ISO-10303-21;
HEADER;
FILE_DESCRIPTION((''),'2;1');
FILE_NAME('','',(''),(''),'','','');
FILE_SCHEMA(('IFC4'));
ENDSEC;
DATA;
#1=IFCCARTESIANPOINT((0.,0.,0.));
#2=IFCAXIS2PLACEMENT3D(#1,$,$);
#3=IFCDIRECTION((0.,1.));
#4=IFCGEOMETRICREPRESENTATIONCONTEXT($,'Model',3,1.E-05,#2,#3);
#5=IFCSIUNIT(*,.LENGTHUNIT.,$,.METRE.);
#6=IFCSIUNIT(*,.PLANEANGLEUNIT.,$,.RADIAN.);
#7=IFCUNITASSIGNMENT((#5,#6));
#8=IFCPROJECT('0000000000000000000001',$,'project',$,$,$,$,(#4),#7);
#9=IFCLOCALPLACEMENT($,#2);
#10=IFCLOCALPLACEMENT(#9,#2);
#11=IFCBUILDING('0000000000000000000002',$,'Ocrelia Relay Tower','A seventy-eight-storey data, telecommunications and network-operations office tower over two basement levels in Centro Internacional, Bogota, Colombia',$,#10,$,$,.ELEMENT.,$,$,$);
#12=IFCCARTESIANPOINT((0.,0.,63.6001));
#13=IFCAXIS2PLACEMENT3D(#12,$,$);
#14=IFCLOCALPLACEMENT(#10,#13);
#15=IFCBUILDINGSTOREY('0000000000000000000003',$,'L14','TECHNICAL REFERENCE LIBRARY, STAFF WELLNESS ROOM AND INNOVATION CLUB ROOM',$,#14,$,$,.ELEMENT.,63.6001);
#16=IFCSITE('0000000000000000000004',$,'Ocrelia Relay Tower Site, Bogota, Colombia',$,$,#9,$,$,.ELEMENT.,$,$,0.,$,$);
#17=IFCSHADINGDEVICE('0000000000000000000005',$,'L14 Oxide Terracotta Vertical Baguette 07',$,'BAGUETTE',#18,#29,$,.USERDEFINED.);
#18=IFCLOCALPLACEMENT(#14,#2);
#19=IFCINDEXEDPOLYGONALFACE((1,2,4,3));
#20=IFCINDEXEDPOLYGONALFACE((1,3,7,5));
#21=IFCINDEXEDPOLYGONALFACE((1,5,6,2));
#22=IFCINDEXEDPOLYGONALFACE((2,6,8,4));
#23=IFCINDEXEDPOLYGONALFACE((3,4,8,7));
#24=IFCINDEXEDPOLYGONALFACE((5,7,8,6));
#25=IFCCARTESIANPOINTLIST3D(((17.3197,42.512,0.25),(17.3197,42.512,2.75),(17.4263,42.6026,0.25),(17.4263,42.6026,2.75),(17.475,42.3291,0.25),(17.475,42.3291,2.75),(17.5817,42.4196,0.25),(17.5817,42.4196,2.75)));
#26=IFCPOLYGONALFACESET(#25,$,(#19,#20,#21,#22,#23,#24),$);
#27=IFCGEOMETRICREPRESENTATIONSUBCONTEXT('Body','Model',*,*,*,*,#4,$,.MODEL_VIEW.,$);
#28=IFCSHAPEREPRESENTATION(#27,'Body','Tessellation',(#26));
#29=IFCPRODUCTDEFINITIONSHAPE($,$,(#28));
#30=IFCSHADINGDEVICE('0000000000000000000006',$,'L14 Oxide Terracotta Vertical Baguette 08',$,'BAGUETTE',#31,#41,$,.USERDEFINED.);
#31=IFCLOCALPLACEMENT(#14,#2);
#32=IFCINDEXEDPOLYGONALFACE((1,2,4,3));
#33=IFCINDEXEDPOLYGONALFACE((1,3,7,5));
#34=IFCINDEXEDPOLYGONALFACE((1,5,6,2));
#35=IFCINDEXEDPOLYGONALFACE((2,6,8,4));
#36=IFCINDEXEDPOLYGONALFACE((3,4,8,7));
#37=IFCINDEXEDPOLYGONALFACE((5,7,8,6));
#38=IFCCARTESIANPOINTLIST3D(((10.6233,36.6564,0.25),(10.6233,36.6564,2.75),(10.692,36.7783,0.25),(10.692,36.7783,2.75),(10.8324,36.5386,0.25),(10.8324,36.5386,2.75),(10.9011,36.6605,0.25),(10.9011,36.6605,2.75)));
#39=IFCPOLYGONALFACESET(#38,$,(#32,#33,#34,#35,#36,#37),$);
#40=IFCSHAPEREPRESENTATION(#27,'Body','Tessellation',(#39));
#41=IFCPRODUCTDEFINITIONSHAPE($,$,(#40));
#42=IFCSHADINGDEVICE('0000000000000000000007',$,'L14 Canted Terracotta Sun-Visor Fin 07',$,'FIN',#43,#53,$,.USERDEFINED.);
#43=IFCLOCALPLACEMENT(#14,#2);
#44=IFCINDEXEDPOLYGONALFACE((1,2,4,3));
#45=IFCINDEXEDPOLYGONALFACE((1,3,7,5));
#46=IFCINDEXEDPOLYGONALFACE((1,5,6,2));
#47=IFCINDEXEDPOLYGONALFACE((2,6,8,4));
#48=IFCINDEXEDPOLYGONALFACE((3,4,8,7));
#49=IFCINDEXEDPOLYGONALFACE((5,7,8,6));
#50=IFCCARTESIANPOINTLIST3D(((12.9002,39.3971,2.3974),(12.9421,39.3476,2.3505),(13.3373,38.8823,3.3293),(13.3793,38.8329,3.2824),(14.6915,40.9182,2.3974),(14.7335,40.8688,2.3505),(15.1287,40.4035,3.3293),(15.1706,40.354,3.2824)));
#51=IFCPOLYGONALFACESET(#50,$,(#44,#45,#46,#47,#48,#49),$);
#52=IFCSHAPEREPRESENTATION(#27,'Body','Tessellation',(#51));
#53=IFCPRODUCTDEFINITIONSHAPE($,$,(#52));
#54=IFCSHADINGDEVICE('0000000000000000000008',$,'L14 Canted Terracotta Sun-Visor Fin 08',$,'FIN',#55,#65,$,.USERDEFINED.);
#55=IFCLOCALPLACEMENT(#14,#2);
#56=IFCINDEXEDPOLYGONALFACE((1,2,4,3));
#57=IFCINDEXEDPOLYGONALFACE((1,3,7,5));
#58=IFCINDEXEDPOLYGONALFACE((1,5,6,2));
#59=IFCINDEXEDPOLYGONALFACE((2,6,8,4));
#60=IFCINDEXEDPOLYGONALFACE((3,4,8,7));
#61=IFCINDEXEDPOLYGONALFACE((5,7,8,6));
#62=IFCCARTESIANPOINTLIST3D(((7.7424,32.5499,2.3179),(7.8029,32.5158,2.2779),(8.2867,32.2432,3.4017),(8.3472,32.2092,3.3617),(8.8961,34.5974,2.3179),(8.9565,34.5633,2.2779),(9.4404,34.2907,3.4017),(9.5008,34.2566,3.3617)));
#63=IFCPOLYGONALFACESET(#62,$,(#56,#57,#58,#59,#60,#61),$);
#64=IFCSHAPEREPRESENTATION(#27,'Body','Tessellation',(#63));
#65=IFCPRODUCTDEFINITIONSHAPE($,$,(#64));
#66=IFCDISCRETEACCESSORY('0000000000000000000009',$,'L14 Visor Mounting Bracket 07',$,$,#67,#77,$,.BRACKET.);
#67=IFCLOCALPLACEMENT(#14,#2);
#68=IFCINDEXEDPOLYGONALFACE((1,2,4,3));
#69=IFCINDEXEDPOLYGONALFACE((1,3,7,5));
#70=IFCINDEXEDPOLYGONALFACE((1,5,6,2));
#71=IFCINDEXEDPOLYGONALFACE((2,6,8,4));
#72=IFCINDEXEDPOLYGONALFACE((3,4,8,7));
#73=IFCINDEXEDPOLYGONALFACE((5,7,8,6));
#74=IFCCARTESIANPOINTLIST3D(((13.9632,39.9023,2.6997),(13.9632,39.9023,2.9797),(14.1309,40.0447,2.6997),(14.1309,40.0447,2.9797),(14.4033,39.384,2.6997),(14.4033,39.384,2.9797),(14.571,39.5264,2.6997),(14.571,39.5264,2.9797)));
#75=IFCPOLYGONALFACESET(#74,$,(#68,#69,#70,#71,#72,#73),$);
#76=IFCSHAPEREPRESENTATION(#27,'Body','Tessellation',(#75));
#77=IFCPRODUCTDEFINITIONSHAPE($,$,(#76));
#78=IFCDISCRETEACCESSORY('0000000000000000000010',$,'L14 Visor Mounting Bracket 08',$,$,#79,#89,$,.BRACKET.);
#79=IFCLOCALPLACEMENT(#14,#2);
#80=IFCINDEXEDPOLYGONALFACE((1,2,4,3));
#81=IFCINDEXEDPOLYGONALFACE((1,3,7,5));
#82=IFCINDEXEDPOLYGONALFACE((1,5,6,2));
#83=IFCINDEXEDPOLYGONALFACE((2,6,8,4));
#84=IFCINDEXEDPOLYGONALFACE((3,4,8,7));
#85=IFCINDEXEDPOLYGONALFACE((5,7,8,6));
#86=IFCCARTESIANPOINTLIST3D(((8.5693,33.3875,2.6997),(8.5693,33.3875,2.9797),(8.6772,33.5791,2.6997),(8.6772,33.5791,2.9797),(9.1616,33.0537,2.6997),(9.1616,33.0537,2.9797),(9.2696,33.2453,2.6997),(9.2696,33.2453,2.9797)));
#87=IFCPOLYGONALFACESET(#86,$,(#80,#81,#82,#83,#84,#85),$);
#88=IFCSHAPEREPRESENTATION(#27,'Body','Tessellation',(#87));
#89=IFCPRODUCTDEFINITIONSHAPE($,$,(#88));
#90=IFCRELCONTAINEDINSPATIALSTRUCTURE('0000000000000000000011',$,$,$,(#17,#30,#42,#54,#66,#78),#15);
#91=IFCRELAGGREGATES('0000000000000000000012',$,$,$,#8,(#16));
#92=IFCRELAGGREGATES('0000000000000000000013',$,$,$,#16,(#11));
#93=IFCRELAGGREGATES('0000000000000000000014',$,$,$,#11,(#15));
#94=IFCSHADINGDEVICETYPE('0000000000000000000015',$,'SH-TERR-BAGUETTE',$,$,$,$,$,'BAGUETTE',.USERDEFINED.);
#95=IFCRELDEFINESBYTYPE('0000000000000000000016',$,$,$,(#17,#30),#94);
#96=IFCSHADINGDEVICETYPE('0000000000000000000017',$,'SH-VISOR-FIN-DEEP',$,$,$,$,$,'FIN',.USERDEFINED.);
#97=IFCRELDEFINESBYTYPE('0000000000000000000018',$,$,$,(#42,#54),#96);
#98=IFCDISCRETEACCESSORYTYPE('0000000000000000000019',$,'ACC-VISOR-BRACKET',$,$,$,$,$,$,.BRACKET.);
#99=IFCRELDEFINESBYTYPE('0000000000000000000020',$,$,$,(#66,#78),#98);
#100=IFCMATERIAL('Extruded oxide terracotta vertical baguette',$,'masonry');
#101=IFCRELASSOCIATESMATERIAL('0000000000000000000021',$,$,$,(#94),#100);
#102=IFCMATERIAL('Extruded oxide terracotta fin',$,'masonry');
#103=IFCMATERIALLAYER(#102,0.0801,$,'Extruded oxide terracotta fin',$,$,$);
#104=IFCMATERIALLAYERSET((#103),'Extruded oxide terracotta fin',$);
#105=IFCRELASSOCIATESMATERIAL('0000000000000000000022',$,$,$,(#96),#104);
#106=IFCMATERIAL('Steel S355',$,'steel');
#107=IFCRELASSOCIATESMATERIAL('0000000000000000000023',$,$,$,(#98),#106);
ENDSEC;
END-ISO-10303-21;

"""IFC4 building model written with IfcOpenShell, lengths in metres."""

from ifc_helpers import new_model, si_unit, direction, frame, origin, origin_2d, place, context, subcontext, project, spatial, rectangle, extrude, material, layer, layer_set, type_object, element, save


model = new_model("IFC4")

# Units and contexts
model_context = context("Model", 3, precision=1e-05, world=origin(), true_north=direction((0.0, 1.0)))
body_context = subcontext(model_context, "Body", "Model", "MODEL_VIEW")
ifc_project = project(units=[si_unit("LENGTHUNIT", "METRE"), si_unit("PLANEANGLEUNIT", "RADIAN")], contexts=[model_context])

# Site, building, storey
site_placement = place(None, origin())
site = spatial("IfcSite", under=ifc_project, at=site_placement, Name="Ocrelia Relay Tower Site, Bogota, Colombia", CompositionType="ELEMENT", RefElevation=0.0)
building_placement = place(site_placement, origin())
building = spatial("IfcBuilding", under=site, at=building_placement, Name="Ocrelia Relay Tower", Description="A seventy-eight-storey data, telecommunications and network-operations office tower over two basement levels in Centro Internacional, Bogota, Colombia", CompositionType="ELEMENT")
storey_placement = place(building_placement, frame((0.0, 0.0, 63.6001)))
storey = spatial("IfcBuildingStorey", under=building, at=storey_placement, Name="L14", Description="TECHNICAL REFERENCE LIBRARY, STAFF WELLNESS ROOM AND INNOVATION CLUB ROOM", CompositionType="ELEMENT", Elevation=63.6001)

# Shared definitions
ifc_material_1 = material(Name="Steel S355", Category="steel")

# Shading devices
ifc_material_2 = material(Name="Extruded oxide terracotta vertical baguette", Category="masonry")
shading_device_type_1 = type_object("IfcShadingDeviceType", Name="SH-TERR-BAGUETTE", ElementType="BAGUETTE", PredefinedType="USERDEFINED", material=ifc_material_2)
for number, where, z_axis, x_axis, name in (
    (1, (17.4507, 42.4658, 0.25), (0.0, 0.0, 1.0), (-0.762252, -0.647281, 0.0), "L14 Oxide Terracotta Vertical Baguette 07"),
    (2, (10.7622, 36.6584, 0.25), (0.0, 0.0, 1.0), (-0.490897, -0.871218, 0.0), "L14 Oxide Terracotta Vertical Baguette 08"),
):
    element("IfcShadingDevice", number, at=place(storey_placement, frame(where, z_axis=z_axis, x_axis=x_axis)), inside=storey, type_object=shading_device_type_1, Name=name, ObjectType="BAGUETTE", PredefinedType="USERDEFINED", context=body_context, shape_type="SweptSolid", body=[
        extrude(rectangle(XDim=0.1399, YDim=0.24, at=origin_2d()), origin(), (0.0, 0.0, 1.0), 2.5),
    ])
ifc_material_3 = material(Name="Extruded oxide terracotta fin", Category="masonry")
ifc_layer_1 = layer(ifc_material_3, 0.0801, Name="Extruded oxide terracotta fin")
ifc_layer_set_1 = layer_set([ifc_layer_1], Name="Extruded oxide terracotta fin")
shading_device_type_2 = type_object("IfcShadingDeviceType", Name="SH-VISOR-FIN-DEEP", ElementType="FIN", PredefinedType="USERDEFINED", material=ifc_layer_set_1)
shading_device_1_placement = place(storey_placement, frame((14.0564, 39.8508, 2.8164), z_axis=(-0.524125, 0.617222, 0.586796), x_axis=(-0.762252, -0.647281, 0.0)))
element("IfcShadingDevice", 3, at=shading_device_1_placement, inside=storey, type_object=shading_device_type_2, Name="L14 Canted Terracotta Sun-Visor Fin 07", ObjectType="FIN", PredefinedType="USERDEFINED", context=body_context, shape_type="SweptSolid", body=[
    extrude(rectangle(XDim=2.3501, YDim=1.1509, at=origin_2d()), origin(), (0.0, 0.0, 1.0), 0.0801),
])
shading_device_2_placement = place(storey_placement, frame((8.6519, 33.3862, 2.8198), z_axis=(-0.754801, 0.4253, 0.499395), x_axis=(-0.490897, -0.871218, 0.0)))
element("IfcShadingDevice", 4, at=shading_device_2_placement, inside=storey, type_object=shading_device_type_2, Name="L14 Canted Terracotta Sun-Visor Fin 08", ObjectType="FIN", PredefinedType="USERDEFINED", context=body_context, shape_type="SweptSolid", body=[
    extrude(rectangle(XDim=2.3501, YDim=1.251, at=origin_2d()), origin(), (0.0, 0.0, 1.0), 0.0801),
])

# Discrete accessories
discrete_accessory_type = type_object("IfcDiscreteAccessoryType", Name="ACC-VISOR-BRACKET", PredefinedType="BRACKET", material=ifc_material_1)
for number, where, z_axis, x_axis, name in (
    (5, (14.2671, 39.7144, 2.6997), (0.0, 0.0, 1.0), (-0.762252, -0.647281, 0.0), "L14 Visor Mounting Bracket 07"),
    (6, (8.9194, 33.3164, 2.6997), (0.0, 0.0, 1.0), (-0.490897, -0.871218, 0.0), "L14 Visor Mounting Bracket 08"),
):
    element("IfcDiscreteAccessory", number, at=place(storey_placement, frame(where, z_axis=z_axis, x_axis=x_axis)), inside=storey, type_object=discrete_accessory_type, Name=name, PredefinedType="BRACKET", context=body_context, shape_type="SweptSolid", body=[
        extrude(rectangle(XDim=0.22, YDim=0.6799, at=origin_2d()), origin(), (0.0, 0.0, 1.0), 0.28),
    ])

save(model, "model.ifc")
